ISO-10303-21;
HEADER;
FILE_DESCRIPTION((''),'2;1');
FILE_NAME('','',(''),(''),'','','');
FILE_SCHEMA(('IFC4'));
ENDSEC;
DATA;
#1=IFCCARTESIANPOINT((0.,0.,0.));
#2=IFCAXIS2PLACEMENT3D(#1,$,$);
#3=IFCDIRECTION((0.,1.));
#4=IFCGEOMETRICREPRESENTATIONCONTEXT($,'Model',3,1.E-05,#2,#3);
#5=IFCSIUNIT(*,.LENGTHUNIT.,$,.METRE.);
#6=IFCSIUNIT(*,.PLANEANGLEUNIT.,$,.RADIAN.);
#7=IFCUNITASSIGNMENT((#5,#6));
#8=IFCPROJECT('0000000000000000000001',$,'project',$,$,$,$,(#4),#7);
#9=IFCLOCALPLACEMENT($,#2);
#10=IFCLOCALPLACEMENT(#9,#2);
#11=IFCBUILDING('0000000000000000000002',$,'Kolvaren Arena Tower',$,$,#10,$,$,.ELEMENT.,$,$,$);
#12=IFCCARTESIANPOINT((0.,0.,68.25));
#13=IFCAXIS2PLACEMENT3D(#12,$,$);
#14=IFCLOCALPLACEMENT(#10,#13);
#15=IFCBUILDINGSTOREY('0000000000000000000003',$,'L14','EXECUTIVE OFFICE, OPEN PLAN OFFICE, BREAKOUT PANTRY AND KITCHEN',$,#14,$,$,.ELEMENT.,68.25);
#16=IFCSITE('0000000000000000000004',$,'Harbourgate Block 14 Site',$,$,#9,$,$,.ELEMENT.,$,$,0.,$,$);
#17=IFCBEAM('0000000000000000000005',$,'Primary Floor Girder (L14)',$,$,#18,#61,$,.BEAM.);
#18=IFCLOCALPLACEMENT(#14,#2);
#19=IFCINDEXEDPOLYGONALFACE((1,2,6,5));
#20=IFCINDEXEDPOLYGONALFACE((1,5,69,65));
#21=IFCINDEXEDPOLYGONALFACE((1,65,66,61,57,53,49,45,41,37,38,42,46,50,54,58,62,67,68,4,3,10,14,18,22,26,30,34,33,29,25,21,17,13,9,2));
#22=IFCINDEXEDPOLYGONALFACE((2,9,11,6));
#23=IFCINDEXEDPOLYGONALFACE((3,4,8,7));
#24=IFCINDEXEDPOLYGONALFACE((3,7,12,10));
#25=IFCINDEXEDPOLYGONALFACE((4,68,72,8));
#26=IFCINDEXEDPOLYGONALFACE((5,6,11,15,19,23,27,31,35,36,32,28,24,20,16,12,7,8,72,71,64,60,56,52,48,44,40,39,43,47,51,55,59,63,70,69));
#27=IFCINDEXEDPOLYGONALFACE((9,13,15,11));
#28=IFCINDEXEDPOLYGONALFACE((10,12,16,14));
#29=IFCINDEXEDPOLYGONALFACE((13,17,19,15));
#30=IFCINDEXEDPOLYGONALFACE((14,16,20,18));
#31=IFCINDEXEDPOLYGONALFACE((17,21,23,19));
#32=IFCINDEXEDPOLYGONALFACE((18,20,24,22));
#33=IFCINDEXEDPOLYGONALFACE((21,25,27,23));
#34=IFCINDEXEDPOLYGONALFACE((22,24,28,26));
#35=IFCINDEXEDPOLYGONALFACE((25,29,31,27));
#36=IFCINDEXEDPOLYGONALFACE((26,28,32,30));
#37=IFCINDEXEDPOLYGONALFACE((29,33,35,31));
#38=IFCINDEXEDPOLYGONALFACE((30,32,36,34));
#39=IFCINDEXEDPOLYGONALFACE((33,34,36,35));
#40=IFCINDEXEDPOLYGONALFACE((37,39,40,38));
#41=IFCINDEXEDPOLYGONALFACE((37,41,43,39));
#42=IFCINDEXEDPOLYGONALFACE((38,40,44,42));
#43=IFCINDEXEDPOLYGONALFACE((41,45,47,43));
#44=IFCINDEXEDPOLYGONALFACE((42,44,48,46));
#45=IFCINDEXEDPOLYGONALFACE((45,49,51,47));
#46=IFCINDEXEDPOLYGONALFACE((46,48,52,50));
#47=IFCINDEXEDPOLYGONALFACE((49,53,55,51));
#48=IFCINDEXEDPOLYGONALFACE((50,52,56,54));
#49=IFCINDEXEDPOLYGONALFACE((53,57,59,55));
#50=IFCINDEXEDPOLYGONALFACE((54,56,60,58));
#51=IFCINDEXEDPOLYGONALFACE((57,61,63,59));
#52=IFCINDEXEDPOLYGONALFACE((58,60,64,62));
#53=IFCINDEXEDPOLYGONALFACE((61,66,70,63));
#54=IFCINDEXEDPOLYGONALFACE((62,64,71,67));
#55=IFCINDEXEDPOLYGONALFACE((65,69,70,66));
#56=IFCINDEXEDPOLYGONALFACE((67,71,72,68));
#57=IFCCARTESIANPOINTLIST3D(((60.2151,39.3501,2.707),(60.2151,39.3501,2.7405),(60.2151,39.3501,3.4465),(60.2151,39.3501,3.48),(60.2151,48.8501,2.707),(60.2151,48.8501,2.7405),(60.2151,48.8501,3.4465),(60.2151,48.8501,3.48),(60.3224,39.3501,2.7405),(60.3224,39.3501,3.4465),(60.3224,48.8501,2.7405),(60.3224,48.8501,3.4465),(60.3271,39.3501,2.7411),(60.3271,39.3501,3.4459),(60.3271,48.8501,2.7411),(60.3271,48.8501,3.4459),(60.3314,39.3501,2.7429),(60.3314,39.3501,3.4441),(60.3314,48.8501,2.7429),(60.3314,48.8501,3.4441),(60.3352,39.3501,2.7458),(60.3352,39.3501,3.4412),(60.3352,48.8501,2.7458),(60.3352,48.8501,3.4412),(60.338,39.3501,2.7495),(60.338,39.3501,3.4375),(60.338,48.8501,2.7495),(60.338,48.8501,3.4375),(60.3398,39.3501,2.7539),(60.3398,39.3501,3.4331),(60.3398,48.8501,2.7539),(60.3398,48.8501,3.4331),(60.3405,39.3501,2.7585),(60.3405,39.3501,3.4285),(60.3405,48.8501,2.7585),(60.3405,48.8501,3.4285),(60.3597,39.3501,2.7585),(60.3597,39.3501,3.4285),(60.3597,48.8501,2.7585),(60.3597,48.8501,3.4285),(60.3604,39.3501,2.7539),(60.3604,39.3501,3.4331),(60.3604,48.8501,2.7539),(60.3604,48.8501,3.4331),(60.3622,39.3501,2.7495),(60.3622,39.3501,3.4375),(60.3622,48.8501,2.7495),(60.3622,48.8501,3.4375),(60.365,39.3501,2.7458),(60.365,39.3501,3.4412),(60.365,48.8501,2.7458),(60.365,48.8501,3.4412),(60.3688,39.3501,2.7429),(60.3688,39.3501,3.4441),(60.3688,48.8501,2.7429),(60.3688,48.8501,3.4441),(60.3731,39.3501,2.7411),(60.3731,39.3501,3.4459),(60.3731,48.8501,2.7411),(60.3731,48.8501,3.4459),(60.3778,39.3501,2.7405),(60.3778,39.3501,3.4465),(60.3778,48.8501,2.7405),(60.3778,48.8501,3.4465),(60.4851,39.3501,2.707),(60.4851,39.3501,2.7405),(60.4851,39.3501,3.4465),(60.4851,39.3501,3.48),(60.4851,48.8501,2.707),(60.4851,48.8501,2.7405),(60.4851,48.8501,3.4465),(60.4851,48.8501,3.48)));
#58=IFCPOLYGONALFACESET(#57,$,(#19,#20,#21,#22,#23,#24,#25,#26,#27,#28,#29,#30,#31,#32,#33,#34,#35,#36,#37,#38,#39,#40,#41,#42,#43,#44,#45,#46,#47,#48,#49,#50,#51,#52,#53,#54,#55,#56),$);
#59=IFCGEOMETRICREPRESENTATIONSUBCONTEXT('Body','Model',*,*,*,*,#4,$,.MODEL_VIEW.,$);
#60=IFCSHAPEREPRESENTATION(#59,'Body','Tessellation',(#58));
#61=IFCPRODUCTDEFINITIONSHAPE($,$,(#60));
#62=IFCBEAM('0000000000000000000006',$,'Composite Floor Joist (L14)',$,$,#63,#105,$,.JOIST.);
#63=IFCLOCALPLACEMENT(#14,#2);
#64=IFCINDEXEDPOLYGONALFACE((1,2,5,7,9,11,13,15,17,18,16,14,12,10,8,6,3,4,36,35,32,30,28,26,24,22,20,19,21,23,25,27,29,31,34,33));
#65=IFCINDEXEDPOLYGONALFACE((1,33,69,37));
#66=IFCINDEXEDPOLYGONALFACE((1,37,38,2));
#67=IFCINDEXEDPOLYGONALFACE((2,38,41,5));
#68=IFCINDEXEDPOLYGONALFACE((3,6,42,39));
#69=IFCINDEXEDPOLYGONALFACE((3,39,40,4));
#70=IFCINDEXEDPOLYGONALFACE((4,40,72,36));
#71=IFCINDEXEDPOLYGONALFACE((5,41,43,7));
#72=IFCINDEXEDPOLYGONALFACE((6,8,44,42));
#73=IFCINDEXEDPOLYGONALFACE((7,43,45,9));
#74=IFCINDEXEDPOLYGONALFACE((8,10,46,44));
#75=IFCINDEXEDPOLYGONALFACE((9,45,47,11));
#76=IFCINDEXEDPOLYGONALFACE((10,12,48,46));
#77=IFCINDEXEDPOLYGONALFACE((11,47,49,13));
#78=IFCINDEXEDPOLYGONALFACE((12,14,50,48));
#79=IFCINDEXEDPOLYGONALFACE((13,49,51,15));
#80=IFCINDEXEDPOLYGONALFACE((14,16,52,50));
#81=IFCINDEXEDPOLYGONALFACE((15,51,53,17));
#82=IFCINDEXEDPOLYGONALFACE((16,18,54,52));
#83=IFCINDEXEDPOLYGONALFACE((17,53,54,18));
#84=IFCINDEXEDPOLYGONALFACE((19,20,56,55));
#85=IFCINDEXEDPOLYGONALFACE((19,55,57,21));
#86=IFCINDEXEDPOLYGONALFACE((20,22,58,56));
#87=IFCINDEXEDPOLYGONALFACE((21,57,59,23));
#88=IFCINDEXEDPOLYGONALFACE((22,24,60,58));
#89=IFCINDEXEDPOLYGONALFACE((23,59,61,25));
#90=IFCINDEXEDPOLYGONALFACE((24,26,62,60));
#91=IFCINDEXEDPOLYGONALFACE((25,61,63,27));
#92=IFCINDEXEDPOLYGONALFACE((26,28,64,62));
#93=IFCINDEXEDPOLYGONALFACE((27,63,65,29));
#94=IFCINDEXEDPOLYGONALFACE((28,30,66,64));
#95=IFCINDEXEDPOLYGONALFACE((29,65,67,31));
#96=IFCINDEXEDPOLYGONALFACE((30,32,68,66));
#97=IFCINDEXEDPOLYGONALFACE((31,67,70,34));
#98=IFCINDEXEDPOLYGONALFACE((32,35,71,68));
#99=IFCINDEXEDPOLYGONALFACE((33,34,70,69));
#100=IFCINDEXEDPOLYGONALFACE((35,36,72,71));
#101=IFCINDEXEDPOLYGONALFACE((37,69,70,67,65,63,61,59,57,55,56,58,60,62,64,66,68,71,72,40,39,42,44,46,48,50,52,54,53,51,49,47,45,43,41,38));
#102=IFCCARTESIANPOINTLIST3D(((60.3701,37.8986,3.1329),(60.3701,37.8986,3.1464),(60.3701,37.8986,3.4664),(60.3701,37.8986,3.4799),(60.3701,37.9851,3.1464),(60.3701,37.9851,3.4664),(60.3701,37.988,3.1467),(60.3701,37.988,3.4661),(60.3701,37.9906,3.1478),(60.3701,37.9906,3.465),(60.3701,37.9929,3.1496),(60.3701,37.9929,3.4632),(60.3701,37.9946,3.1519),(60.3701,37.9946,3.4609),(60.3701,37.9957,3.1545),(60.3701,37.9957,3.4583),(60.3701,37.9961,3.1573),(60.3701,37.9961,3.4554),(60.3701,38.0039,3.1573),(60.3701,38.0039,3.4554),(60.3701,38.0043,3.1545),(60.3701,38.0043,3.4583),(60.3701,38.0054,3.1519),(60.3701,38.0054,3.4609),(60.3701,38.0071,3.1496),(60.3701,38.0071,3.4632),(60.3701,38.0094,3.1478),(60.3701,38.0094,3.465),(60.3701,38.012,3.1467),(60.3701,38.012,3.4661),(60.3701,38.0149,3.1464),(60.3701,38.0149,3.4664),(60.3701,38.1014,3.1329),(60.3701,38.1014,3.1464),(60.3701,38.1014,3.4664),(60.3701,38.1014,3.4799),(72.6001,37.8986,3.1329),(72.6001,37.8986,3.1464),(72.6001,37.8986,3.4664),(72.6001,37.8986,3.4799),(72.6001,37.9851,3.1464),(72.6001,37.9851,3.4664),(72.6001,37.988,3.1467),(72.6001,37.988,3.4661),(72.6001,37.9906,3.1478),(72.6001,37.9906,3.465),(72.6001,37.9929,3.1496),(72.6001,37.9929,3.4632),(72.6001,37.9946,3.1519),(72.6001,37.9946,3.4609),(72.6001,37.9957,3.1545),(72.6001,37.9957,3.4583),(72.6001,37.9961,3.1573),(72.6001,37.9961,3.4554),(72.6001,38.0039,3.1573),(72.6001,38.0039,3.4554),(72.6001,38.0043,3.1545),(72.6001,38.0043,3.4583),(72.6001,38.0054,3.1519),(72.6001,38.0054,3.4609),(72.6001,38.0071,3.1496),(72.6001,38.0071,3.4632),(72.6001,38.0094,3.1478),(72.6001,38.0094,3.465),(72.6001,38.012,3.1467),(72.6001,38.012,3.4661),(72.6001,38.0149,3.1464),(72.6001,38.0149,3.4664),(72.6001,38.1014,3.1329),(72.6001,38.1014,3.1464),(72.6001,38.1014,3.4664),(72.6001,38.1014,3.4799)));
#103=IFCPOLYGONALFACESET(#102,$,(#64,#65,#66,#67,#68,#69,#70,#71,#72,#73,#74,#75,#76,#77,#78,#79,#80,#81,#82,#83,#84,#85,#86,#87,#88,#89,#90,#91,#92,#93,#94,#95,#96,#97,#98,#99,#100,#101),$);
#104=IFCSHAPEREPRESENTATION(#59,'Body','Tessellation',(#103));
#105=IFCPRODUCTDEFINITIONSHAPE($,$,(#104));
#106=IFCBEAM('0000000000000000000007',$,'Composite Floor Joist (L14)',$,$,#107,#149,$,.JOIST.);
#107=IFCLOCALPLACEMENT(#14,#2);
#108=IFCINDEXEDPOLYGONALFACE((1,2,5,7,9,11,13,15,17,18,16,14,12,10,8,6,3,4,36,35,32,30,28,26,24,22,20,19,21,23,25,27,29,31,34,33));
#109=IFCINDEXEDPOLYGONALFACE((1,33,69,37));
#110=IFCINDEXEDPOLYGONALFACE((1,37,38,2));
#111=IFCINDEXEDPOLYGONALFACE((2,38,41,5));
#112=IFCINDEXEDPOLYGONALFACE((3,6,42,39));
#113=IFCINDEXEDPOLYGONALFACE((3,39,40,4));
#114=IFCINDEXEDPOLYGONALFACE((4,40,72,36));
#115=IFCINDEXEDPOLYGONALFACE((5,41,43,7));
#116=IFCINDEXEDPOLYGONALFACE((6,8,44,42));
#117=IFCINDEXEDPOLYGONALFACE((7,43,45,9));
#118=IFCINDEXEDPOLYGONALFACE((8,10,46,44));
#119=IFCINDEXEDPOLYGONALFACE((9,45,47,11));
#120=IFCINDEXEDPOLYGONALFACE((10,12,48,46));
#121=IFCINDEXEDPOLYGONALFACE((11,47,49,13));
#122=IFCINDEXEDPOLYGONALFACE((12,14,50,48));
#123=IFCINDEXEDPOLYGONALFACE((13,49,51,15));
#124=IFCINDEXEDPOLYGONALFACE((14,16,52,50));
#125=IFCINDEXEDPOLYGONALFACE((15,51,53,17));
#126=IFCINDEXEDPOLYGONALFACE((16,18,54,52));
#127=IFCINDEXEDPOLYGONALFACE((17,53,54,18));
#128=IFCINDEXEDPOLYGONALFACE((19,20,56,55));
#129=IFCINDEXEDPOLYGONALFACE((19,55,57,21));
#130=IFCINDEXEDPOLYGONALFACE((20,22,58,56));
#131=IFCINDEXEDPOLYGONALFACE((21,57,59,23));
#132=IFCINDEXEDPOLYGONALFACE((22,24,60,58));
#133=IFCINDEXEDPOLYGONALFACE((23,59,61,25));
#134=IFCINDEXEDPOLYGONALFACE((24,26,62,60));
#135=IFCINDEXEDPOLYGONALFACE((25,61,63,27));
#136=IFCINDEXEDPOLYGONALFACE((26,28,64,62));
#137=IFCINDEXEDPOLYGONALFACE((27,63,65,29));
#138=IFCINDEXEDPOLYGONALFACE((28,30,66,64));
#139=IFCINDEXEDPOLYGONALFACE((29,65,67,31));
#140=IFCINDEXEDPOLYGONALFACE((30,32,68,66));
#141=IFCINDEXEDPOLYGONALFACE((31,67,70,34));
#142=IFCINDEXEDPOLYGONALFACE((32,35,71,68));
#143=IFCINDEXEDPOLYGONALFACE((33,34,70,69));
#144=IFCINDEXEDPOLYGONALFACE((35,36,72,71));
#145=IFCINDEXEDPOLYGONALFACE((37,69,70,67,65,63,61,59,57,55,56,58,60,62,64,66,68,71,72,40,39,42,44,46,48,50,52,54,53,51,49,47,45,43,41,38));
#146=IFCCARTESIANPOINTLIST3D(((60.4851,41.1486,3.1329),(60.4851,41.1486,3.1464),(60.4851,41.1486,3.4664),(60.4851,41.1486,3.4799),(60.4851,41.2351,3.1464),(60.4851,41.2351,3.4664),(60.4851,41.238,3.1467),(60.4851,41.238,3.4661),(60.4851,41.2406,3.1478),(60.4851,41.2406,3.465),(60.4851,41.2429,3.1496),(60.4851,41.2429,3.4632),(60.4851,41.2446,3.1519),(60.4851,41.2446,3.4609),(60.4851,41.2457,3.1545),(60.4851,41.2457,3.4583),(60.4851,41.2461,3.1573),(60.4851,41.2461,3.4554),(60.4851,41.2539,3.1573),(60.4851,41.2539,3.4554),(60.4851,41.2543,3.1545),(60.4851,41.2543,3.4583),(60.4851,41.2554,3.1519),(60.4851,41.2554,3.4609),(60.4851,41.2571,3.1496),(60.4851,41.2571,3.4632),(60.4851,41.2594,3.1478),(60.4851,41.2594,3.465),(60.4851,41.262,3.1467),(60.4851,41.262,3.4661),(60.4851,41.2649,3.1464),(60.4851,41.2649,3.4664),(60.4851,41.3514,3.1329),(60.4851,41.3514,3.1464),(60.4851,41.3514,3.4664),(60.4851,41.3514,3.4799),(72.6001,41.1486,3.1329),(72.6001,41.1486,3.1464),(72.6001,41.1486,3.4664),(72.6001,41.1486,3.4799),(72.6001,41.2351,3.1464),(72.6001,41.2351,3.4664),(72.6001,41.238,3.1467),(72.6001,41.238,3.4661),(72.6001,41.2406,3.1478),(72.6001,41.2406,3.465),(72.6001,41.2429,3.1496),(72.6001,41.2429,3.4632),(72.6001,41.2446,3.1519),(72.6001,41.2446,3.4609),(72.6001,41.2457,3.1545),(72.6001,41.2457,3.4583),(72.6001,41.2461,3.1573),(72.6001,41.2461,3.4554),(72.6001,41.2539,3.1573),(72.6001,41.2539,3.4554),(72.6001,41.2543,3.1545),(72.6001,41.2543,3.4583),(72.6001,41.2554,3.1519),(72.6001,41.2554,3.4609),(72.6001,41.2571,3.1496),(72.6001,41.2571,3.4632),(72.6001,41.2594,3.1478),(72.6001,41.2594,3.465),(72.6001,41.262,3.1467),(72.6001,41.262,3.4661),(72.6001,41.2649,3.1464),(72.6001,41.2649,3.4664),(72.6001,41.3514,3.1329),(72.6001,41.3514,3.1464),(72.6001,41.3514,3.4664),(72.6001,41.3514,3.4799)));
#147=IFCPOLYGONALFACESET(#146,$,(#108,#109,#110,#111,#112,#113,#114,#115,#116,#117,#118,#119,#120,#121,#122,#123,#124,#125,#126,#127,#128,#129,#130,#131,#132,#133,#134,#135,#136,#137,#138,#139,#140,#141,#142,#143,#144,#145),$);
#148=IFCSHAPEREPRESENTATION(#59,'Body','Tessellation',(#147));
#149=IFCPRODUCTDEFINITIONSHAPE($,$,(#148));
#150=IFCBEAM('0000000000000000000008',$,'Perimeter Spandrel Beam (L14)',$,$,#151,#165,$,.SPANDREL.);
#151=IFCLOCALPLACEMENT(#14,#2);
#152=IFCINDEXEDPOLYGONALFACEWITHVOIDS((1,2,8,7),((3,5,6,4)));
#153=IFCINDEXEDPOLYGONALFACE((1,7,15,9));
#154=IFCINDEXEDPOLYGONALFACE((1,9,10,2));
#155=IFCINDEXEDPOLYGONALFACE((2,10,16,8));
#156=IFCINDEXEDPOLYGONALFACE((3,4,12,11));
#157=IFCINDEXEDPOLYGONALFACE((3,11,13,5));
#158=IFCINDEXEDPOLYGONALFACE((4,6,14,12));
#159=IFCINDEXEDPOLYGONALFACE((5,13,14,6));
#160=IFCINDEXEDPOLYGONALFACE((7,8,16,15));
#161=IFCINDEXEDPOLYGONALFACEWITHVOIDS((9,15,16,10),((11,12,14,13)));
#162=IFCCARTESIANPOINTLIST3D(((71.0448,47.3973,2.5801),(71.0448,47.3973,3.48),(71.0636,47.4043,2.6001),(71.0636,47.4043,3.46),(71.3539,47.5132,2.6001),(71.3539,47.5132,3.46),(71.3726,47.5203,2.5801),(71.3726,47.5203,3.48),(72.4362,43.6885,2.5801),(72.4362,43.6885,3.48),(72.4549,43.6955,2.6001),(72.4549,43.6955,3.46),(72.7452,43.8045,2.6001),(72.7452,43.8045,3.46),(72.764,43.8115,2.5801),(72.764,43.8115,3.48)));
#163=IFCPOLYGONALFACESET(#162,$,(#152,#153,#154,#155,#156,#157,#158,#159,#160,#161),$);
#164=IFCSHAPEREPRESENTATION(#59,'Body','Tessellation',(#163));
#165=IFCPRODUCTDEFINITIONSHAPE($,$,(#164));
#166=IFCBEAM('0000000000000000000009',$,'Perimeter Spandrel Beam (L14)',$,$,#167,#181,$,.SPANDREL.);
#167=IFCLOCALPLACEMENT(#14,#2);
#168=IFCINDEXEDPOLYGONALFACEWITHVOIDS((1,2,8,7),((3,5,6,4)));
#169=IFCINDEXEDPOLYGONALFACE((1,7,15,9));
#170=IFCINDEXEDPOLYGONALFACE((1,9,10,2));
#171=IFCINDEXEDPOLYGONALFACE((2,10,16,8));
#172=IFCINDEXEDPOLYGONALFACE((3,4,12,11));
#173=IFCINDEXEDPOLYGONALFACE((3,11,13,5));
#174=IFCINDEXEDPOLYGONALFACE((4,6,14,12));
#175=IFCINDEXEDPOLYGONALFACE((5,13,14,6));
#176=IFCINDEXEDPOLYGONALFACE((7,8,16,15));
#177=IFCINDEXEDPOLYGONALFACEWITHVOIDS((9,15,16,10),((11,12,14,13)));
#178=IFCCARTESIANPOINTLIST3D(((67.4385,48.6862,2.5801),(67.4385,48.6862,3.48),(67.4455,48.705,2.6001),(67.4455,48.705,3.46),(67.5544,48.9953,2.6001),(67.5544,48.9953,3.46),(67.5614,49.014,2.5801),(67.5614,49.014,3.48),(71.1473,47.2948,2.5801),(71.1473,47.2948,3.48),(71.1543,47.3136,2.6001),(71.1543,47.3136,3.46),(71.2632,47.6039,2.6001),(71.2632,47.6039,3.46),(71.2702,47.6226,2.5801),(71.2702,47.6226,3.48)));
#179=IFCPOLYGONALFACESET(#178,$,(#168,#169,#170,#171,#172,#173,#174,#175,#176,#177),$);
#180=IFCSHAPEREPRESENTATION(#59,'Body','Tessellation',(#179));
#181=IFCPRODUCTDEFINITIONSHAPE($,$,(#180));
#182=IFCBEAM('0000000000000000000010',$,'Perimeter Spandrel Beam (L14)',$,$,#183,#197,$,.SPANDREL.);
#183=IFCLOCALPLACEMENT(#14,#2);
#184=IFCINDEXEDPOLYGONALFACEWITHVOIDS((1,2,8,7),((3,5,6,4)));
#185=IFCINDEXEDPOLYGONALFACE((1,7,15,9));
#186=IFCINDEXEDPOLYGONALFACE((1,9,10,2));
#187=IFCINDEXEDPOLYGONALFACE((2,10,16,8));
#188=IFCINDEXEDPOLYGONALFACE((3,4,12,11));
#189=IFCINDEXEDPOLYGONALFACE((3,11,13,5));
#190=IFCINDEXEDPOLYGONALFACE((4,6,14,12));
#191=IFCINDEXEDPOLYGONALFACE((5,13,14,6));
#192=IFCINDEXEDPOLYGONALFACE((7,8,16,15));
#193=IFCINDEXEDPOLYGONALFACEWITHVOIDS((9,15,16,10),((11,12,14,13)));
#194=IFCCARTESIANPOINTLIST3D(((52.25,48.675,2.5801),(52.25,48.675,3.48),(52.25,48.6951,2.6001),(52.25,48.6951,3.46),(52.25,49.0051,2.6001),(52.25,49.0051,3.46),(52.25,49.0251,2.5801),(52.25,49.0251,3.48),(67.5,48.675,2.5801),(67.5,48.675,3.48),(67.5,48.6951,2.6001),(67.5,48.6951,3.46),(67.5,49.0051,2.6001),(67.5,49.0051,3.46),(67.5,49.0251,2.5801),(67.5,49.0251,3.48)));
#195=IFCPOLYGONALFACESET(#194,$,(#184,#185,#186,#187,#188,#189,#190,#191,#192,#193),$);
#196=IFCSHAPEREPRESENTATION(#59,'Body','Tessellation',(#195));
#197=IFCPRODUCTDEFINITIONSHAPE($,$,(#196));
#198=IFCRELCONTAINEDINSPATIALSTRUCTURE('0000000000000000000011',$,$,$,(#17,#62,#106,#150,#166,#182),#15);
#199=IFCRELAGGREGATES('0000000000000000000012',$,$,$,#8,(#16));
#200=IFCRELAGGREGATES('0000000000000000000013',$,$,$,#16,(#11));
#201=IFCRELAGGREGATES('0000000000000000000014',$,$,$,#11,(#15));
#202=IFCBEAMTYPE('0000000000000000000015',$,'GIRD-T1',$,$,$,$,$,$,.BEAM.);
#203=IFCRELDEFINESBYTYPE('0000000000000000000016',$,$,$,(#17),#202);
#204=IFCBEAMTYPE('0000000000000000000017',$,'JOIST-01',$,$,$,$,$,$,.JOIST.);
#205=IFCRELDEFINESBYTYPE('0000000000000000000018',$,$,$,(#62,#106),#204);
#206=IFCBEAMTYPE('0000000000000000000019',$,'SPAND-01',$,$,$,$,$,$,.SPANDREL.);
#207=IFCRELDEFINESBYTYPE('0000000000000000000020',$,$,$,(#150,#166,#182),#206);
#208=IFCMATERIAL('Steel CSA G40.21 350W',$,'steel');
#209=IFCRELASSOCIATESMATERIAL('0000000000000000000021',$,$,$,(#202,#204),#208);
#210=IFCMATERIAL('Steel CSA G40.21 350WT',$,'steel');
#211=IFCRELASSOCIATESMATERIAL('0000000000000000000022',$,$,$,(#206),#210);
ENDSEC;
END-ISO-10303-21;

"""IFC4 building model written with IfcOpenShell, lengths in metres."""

from ifc_helpers import new_model, si_unit, direction, frame, origin, origin_2d, place, context, subcontext, project, spatial, hollow_rectangle, i_section, extrude, material, material_profile, profile_set, type_object, element, save


model = new_model("IFC4")

# Units and contexts
model_context = context("Model", 3, precision=1e-05, world=origin(), true_north=direction((0.0, 1.0)))
body_context = subcontext(model_context, "Body", "Model", "MODEL_VIEW")
ifc_project = project(units=[si_unit("LENGTHUNIT", "METRE"), si_unit("PLANEANGLEUNIT", "RADIAN")], contexts=[model_context])

# Site, building, storey
site_placement = place(None, origin())
site = spatial("IfcSite", under=ifc_project, at=site_placement, Name="Harbourgate Block 14 Site", CompositionType="ELEMENT", RefElevation=0.0)
building_placement = place(site_placement, origin())
building = spatial("IfcBuilding", under=site, at=building_placement, Name="Kolvaren Arena Tower", CompositionType="ELEMENT")
storey_placement = place(building_placement, frame((0.0, 0.0, 68.25)))
storey = spatial("IfcBuildingStorey", under=building, at=storey_placement, Name="L14", Description="EXECUTIVE OFFICE, OPEN PLAN OFFICE, BREAKOUT PANTRY AND KITCHEN", CompositionType="ELEMENT", Elevation=68.25)

# Beams
ifc_material_1 = material(Name="Steel CSA G40.21 350W", Category="steel")
ifc_material_profile_1 = material_profile(ifc_material_1, i_section(OverallWidth=0.27, OverallDepth=0.7729, WebThickness=0.0193, FlangeThickness=0.0334, FilletRadius=0.0181, at=origin_2d()), Name="W760x257")
ifc_profile_set_1 = profile_set([ifc_material_profile_1], Name="Steel CSA G40.21 350W")
beam_type_1 = type_object("IfcBeamType", Name="GIRD-T1", PredefinedType="BEAM", material=ifc_profile_set_1)
beam_1_placement = place(storey_placement, frame((60.3501, 39.3501, 3.0935), z_axis=(0.0, 1.0, 0.0), x_axis=(-1.0, 0.0, 0.0)))
element("IfcBeam", 1, at=beam_1_placement, inside=storey, type_object=beam_type_1, Name="Primary Floor Girder (L14)", PredefinedType="BEAM", context=body_context, shape_type="SweptSolid", body=[
    extrude(i_section(OverallWidth=0.27, OverallDepth=0.7729, WebThickness=0.0193, FlangeThickness=0.0334, FilletRadius=0.0181, at=origin_2d()), origin(), (0.0, 0.0, 1.0), 9.5),
])
ifc_material_profile_2 = material_profile(ifc_material_1, i_section(OverallWidth=0.2029, OverallDepth=0.3469, WebThickness=0.0078, FlangeThickness=0.0134, FilletRadius=0.011, at=origin_2d()), Name="W360x64")
ifc_profile_set_2 = profile_set([ifc_material_profile_2], Name="Steel CSA G40.21 350W")
beam_type_2 = type_object("IfcBeamType", Name="JOIST-01", PredefinedType="JOIST", material=ifc_profile_set_2)
beam_2_placement = place(storey_placement, frame((60.3701, 38.0, 3.3064), z_axis=(1.0, 0.0, 0.0), x_axis=(0.0, 1.0, 0.0)))
element("IfcBeam", 2, at=beam_2_placement, inside=storey, type_object=beam_type_2, Name="Composite Floor Joist (L14)", PredefinedType="JOIST", context=body_context, shape_type="SweptSolid", body=[
    extrude(i_section(OverallWidth=0.2029, OverallDepth=0.3469, WebThickness=0.0078, FlangeThickness=0.0134, FilletRadius=0.011, at=origin_2d()), origin(), (0.0, 0.0, 1.0), 12.23),
])
beam_3_placement = place(storey_placement, frame((60.4851, 41.25, 3.3064), z_axis=(1.0, 0.0, 0.0), x_axis=(0.0, 1.0, 0.0)))
element("IfcBeam", 3, at=beam_3_placement, inside=storey, type_object=beam_type_2, Name="Composite Floor Joist (L14)", PredefinedType="JOIST", context=body_context, shape_type="SweptSolid", body=[
    extrude(i_section(OverallWidth=0.2029, OverallDepth=0.3469, WebThickness=0.0078, FlangeThickness=0.0134, FilletRadius=0.011, at=origin_2d()), origin(), (0.0, 0.0, 1.0), 12.115),
])
ifc_material_2 = material(Name="Steel CSA G40.21 350WT", Category="steel")
ifc_material_profile_3 = material_profile(ifc_material_2, hollow_rectangle(XDim=0.3501, YDim=0.8999, WallThickness=0.02, at=origin_2d()), Name="HSS 900x350x20")
ifc_profile_set_3 = profile_set([ifc_material_profile_3], Name="Steel CSA G40.21 350WT")
beam_type_3 = type_object("IfcBeamType", Name="SPAND-01", PredefinedType="SPANDREL", material=ifc_profile_set_3)
for number, where, z_axis, x_axis, name in (
    (4, (72.6001, 43.75, 3.03), (-0.351252, 0.936281, 0.0), (-0.936281, -0.351252, 0.0), "Perimeter Spandrel Beam (L14)"),
    (5, (71.2087, 47.4587, 3.03), (-0.936281, 0.351252, 0.0), (-0.351252, -0.936281, 0.0), "Perimeter Spandrel Beam (L14)"),
):
    element("IfcBeam", number, at=place(storey_placement, frame(where, z_axis=z_axis, x_axis=x_axis)), inside=storey, type_object=beam_type_3, Name=name, PredefinedType="SPANDREL", context=body_context, shape_type="SweptSolid", body=[
        extrude(hollow_rectangle(XDim=0.3501, YDim=0.8999, WallThickness=0.02, at=origin_2d()), origin(), (0.0, 0.0, 1.0), 3.9612),
    ])
beam_4_placement = place(storey_placement, frame((67.5, 48.8501, 3.03), z_axis=(-1.0, 0.0, 0.0), x_axis=(0.0, -1.0, 0.0)))
element("IfcBeam", 6, at=beam_4_placement, inside=storey, type_object=beam_type_3, Name="Perimeter Spandrel Beam (L14)", PredefinedType="SPANDREL", context=body_context, shape_type="SweptSolid", body=[
    extrude(hollow_rectangle(XDim=0.3501, YDim=0.8999, WallThickness=0.02, at=origin_2d()), origin(), (0.0, 0.0, 1.0), 15.25),
])

save(model, "model.ifc")
